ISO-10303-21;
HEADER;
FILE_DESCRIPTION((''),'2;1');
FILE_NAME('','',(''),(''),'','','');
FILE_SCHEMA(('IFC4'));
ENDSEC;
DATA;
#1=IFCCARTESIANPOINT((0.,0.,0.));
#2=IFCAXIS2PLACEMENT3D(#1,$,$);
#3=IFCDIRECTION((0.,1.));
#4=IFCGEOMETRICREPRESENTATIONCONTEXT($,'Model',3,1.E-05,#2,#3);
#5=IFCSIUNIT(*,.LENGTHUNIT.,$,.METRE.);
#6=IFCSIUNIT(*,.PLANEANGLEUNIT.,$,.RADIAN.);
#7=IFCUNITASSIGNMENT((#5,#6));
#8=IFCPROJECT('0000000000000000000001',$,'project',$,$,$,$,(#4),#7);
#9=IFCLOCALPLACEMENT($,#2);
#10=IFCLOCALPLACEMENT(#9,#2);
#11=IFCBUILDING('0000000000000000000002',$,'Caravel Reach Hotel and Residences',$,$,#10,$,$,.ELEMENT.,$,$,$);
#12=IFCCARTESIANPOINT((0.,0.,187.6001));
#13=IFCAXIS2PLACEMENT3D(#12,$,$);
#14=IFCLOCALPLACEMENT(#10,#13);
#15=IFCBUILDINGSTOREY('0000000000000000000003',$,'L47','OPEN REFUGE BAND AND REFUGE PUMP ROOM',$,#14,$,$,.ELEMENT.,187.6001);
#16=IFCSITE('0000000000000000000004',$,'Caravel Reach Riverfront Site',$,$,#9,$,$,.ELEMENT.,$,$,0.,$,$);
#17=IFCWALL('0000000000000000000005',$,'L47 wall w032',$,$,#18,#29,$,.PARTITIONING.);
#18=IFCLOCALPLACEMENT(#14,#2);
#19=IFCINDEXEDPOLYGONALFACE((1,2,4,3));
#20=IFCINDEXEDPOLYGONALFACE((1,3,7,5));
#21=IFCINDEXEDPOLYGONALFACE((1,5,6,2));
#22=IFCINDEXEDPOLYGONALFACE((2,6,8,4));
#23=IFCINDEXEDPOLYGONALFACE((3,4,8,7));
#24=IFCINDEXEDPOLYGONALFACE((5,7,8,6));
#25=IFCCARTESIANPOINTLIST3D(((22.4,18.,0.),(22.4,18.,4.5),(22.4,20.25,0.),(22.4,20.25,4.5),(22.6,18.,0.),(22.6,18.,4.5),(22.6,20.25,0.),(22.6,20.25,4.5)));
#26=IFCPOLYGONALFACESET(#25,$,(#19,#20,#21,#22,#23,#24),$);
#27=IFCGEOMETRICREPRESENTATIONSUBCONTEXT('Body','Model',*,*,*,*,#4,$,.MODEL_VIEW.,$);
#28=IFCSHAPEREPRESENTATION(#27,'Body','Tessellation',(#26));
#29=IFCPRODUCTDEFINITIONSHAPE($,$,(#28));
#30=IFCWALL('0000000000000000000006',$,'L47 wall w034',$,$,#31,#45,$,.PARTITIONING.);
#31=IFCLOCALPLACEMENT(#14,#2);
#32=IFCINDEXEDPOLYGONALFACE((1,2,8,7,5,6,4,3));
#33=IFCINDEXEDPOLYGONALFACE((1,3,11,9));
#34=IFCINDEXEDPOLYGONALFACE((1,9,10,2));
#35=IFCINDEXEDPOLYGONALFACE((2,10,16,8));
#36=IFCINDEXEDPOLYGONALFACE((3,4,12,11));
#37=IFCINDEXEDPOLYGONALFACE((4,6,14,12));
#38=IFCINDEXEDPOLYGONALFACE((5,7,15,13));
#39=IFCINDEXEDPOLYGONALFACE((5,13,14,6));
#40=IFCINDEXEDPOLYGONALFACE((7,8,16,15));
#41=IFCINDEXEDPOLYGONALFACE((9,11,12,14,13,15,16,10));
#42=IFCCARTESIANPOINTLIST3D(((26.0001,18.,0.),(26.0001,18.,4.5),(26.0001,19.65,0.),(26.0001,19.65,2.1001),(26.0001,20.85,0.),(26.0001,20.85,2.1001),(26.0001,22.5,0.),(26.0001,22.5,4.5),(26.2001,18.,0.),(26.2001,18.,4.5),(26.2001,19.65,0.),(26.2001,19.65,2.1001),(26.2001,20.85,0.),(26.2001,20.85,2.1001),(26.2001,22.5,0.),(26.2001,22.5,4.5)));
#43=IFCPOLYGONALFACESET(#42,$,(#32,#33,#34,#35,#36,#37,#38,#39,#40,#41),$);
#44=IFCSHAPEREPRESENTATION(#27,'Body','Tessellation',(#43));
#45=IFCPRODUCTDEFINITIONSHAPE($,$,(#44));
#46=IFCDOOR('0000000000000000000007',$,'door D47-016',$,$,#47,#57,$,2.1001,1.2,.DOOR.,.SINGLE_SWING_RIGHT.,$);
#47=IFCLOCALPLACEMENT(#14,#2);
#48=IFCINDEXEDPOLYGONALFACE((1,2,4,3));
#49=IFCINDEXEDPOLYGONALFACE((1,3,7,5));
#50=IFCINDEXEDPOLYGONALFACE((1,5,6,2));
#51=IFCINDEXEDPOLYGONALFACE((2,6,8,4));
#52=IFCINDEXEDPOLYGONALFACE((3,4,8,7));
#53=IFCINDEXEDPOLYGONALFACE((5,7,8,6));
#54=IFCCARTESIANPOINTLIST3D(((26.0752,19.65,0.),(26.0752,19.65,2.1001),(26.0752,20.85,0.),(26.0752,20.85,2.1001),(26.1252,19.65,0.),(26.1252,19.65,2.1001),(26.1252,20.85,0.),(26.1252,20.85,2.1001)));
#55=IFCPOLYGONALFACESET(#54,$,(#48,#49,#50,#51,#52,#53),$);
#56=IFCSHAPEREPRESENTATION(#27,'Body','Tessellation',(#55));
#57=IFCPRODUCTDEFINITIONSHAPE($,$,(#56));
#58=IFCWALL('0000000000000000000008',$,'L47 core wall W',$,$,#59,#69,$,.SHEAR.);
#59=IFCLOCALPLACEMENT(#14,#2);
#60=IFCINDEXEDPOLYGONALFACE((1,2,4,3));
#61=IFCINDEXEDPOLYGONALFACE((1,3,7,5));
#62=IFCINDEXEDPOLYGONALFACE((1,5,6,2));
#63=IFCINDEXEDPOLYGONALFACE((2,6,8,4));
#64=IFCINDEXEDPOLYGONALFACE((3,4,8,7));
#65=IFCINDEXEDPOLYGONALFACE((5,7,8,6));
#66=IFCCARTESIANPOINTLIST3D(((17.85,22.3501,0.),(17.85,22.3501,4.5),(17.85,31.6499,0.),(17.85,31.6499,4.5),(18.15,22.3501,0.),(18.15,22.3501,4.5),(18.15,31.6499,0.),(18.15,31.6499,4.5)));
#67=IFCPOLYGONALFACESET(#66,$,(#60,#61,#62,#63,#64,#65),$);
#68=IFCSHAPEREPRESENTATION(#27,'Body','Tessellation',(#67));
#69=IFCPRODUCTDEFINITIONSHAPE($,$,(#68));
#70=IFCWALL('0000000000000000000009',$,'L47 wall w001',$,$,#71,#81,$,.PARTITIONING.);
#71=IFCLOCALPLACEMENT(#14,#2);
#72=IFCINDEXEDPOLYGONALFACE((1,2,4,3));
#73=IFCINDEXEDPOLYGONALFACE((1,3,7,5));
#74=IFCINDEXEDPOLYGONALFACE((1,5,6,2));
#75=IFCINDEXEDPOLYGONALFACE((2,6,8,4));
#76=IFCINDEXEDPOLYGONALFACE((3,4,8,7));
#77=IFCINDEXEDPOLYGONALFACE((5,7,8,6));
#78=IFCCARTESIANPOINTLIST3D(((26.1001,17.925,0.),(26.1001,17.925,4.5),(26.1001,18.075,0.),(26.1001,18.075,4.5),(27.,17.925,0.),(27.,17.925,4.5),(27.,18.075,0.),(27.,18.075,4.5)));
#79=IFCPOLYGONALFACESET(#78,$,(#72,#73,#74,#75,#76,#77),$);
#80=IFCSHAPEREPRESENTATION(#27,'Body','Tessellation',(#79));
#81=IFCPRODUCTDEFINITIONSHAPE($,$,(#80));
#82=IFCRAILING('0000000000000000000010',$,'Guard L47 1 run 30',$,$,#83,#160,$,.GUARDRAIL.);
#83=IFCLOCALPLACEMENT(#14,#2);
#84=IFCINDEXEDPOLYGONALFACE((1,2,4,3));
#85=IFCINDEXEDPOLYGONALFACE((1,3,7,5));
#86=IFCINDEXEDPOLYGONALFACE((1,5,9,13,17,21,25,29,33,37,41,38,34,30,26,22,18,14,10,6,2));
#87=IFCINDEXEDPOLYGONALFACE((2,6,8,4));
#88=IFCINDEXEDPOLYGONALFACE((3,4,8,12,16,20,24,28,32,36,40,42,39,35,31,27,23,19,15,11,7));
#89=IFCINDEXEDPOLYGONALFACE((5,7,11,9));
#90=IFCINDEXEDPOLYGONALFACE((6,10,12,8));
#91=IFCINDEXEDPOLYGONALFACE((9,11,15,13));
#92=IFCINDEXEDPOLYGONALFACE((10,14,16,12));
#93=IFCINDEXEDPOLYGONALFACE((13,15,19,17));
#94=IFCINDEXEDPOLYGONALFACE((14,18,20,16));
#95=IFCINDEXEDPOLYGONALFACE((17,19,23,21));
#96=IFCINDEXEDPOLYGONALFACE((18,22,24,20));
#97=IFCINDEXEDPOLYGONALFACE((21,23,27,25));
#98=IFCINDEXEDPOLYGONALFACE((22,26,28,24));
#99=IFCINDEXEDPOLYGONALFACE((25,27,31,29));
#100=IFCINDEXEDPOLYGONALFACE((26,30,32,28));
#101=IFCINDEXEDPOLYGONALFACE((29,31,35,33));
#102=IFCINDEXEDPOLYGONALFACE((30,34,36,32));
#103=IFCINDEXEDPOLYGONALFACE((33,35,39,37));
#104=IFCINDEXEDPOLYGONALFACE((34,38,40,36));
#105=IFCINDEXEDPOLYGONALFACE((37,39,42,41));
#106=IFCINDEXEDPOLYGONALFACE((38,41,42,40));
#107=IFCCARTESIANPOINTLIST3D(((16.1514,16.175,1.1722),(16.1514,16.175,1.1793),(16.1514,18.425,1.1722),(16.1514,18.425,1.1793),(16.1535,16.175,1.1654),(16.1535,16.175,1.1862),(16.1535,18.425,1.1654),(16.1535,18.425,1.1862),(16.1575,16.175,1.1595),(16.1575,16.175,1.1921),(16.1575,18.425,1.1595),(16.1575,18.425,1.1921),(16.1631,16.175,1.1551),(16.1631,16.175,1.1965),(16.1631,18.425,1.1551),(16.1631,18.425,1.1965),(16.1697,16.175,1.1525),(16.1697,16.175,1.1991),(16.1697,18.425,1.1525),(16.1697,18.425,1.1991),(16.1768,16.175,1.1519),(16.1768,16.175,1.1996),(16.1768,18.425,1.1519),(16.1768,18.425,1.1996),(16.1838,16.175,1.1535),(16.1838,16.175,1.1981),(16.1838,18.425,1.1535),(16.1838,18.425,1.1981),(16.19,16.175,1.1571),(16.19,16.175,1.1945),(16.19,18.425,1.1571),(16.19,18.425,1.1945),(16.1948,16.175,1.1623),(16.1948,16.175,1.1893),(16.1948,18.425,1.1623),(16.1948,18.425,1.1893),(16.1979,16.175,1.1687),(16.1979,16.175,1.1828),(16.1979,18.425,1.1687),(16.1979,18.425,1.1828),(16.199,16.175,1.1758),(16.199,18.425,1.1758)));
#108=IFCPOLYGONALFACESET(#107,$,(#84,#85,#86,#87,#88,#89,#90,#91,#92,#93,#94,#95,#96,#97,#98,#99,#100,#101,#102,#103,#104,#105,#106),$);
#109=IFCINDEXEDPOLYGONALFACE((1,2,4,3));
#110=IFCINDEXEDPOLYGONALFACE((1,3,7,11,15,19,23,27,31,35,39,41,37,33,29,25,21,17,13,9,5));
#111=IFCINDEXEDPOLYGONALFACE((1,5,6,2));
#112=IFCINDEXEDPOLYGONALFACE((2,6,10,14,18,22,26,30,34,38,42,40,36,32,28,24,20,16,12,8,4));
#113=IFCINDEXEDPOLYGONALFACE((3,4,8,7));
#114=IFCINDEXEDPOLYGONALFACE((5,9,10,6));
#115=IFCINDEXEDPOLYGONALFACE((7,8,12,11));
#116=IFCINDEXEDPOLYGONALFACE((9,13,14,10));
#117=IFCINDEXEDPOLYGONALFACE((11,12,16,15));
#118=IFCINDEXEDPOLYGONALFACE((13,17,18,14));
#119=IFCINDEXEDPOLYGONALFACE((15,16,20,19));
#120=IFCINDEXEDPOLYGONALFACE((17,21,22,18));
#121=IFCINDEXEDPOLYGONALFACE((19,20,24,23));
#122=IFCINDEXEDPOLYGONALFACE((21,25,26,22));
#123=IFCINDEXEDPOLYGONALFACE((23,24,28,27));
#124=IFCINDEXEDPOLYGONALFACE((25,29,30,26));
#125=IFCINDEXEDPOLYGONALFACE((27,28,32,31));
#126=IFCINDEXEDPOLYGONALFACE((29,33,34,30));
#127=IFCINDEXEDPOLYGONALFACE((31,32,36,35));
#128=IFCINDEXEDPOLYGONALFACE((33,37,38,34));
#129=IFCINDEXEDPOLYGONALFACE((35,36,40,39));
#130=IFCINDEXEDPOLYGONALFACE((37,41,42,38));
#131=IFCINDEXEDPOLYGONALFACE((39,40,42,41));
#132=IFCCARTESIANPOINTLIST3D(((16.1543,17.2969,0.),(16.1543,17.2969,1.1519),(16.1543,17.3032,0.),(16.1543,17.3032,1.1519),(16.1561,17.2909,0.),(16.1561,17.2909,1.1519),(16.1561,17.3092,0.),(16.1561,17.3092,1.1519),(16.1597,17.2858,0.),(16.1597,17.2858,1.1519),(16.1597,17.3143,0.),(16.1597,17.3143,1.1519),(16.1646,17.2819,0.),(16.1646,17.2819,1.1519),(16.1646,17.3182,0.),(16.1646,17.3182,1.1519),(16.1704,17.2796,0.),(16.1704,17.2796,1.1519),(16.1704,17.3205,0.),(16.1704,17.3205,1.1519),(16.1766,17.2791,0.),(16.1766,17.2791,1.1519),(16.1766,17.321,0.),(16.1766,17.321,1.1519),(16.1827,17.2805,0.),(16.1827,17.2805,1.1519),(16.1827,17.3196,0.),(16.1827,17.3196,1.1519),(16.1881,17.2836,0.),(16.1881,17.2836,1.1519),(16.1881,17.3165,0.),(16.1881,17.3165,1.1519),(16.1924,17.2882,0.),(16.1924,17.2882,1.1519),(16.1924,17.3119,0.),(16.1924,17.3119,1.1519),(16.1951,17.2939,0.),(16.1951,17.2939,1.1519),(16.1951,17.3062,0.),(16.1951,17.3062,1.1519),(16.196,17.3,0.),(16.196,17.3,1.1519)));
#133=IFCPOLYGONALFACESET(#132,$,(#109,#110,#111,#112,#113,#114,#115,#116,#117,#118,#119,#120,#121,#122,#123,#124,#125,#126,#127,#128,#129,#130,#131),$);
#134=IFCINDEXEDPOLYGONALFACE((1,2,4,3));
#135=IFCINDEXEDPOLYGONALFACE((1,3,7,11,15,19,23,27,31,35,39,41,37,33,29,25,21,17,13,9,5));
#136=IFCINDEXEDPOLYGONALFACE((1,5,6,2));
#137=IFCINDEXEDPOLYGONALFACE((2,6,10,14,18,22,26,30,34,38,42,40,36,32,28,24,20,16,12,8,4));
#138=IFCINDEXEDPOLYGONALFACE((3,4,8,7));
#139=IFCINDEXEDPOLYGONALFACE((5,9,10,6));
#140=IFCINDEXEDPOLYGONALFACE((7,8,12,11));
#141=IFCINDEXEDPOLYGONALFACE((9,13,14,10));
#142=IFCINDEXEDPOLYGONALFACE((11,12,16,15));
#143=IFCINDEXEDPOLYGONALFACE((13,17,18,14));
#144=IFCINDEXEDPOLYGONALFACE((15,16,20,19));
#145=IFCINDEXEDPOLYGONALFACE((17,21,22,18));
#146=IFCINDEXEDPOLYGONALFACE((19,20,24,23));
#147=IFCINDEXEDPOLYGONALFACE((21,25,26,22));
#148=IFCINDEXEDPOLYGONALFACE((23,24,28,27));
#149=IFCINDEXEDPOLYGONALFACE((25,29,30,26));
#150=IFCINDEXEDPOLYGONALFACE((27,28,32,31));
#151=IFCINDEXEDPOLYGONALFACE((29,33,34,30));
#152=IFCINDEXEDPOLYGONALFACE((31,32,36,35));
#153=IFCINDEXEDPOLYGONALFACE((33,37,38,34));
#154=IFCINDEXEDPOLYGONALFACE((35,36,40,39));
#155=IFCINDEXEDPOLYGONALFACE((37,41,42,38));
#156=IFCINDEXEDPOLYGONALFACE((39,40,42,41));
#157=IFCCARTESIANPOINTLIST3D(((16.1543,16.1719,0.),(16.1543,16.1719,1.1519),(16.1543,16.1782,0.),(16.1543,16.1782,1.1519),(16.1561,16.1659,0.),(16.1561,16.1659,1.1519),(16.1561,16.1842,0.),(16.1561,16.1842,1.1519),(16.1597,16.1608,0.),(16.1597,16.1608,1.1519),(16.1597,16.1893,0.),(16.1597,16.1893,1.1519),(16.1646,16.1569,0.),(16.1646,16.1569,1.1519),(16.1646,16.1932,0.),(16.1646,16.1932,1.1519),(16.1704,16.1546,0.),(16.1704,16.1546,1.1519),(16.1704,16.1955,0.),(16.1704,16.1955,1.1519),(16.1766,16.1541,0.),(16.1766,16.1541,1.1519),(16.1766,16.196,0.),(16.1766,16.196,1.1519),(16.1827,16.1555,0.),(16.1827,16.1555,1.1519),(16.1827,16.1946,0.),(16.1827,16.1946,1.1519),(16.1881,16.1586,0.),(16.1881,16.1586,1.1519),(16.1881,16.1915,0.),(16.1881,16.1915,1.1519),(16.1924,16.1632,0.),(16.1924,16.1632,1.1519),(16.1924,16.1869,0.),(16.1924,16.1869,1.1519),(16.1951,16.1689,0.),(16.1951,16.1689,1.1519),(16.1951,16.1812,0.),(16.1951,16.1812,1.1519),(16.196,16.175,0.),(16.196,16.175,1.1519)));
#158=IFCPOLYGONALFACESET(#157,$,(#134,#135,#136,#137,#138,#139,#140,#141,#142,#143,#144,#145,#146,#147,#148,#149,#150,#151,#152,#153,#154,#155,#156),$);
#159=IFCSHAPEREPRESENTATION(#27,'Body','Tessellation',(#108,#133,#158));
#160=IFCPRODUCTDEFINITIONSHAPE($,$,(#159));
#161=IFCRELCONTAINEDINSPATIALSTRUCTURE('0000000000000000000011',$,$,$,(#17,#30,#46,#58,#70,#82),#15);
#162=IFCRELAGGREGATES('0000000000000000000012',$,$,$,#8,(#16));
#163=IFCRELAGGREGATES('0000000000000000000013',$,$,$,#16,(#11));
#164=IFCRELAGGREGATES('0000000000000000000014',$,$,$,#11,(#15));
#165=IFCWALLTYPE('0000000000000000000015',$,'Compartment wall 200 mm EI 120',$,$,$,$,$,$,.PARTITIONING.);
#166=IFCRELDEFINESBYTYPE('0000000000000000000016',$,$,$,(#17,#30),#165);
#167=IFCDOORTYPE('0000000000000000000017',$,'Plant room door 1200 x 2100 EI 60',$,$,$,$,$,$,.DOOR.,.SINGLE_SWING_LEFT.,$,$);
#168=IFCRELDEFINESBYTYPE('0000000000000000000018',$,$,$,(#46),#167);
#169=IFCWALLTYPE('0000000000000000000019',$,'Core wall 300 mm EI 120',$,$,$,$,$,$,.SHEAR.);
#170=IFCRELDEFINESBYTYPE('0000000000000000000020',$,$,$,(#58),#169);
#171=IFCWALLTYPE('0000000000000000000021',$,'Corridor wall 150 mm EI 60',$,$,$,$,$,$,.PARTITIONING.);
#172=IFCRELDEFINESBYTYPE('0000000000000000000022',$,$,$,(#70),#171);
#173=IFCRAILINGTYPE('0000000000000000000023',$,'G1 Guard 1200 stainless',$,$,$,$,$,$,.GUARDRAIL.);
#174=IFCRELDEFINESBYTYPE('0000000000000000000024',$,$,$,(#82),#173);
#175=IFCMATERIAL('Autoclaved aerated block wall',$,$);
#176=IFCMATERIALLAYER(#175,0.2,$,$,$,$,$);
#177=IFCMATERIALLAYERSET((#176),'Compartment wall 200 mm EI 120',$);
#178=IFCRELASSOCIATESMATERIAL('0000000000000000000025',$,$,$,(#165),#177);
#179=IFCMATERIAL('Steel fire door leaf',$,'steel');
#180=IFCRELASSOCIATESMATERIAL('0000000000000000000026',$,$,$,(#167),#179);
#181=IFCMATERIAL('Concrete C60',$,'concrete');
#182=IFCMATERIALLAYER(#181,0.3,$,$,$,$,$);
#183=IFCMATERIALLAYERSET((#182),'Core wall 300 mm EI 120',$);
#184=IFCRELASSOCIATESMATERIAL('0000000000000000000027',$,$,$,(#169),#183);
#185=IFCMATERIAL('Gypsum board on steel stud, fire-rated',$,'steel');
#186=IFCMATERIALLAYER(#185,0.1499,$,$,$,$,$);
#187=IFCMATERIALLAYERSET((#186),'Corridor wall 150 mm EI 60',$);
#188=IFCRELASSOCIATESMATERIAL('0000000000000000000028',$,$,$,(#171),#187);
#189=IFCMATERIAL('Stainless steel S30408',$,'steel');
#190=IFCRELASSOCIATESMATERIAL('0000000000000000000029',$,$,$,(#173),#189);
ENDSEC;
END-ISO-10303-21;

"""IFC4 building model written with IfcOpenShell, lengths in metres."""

from ifc_helpers import new_model, si_unit, direction, frame, frame_2d, origin, origin_2d, place, context, subcontext, project, spatial, rectangle, circle, extrude, material, layer, layer_set, type_object, element, fill, save


model = new_model("IFC4")

# Units and contexts
model_context = context("Model", 3, precision=1e-05, world=origin(), true_north=direction((0.0, 1.0)))
body_context = subcontext(model_context, "Body", "Model", "MODEL_VIEW")
ifc_project = project(units=[si_unit("LENGTHUNIT", "METRE"), si_unit("PLANEANGLEUNIT", "RADIAN")], contexts=[model_context])

# Site, building, storey
site_placement = place(None, origin())
site = spatial("IfcSite", under=ifc_project, at=site_placement, Name="Caravel Reach Riverfront Site", CompositionType="ELEMENT", RefElevation=0.0)
building_placement = place(site_placement, origin())
building = spatial("IfcBuilding", under=site, at=building_placement, Name="Caravel Reach Hotel and Residences", CompositionType="ELEMENT")
storey_placement = place(building_placement, frame((0.0, 0.0, 187.6001)))
storey = spatial("IfcBuildingStorey", under=building, at=storey_placement, Name="L47", Description="OPEN REFUGE BAND AND REFUGE PUMP ROOM", CompositionType="ELEMENT", Elevation=187.6001)

# Wall
ifc_material_1 = material(Name="Autoclaved aerated block wall")
ifc_layer_1 = layer(ifc_material_1, 0.2)
ifc_layer_set_1 = layer_set([ifc_layer_1], Name="Compartment wall 200 mm EI 120")
wall_type_1 = type_object("IfcWallType", Name="Compartment wall 200 mm EI 120", PredefinedType="PARTITIONING", material=ifc_layer_set_1)
for number, where, z_axis, x_axis, name in (
    (1, (22.5, 18.0, 0.0), (0.0, 0.0, 1.0), (0.0, 1.0, 0.0), "L47 wall w032"),
):
    element("IfcWall", number, at=place(storey_placement, frame(where, z_axis=z_axis, x_axis=x_axis)), inside=storey, type_object=wall_type_1, Name=name, PredefinedType="PARTITIONING", context=body_context, shape_type="SweptSolid", body=[
        extrude(rectangle(XDim=2.25, YDim=0.2, at=frame_2d((1.125, 0.0))), origin(), (0.0, 0.0, 1.0), 4.5),
    ])

# Wall, opening, door
wall_1_placement = place(storey_placement, frame((26.1001, 18.0, 0.0), z_axis=(0.0, 0.0, 1.0), x_axis=(0.0, 1.0, 0.0)))
wall_1 = element("IfcWall", 2, at=wall_1_placement, inside=storey, type_object=wall_type_1, Name="L47 wall w034", PredefinedType="PARTITIONING", context=body_context, shape_type="SweptSolid", body=[
    extrude(rectangle(XDim=4.5, YDim=0.2, at=frame_2d((2.25, 0.0))), origin(), (0.0, 0.0, 1.0), 4.5),
])
opening_placement = place(wall_1_placement, frame((1.6499, 0.0, 0.0)))
opening = element("IfcOpeningElement", 3, at=opening_placement, cuts=wall_1, PredefinedType="OPENING", context=body_context, shape_type="SweptSolid", body=[
    extrude(rectangle(XDim=1.2, YDim=2.1001, at=frame_2d((0.6001, 1.05))), frame((0.0, 0.1099, 0.0), z_axis=(0.0, -1.0, 0.0), x_axis=(1.0, 0.0, 0.0)), (0.0, 0.0, 1.0), 0.22),
])
ifc_material_2 = material(Name="Steel fire door leaf", Category="steel")
door_type = type_object("IfcDoorType", Name="Plant room door 1200 x 2100 EI 60", OperationType="SINGLE_SWING_LEFT", PredefinedType="DOOR", material=ifc_material_2)
door_placement = place(opening_placement, origin())
door = element("IfcDoor", 4, at=door_placement, inside=storey, type_object=door_type, Name="door D47-016", OperationType="SINGLE_SWING_RIGHT", OverallHeight=2.1001, OverallWidth=1.2, PredefinedType="DOOR", context=body_context, shape_type="SweptSolid", body=[
    extrude(rectangle(XDim=1.2, YDim=2.1001, at=frame_2d((0.6001, 1.05))), frame((0.0, 0.0249, 0.0), z_axis=(0.0, -1.0, 0.0), x_axis=(1.0, 0.0, 0.0)), (0.0, 0.0, 1.0), 0.05),
])
fill(opening, door)

# Walls
ifc_material_3 = material(Name="Concrete C60", Category="concrete")
ifc_layer_2 = layer(ifc_material_3, 0.3)
ifc_layer_set_2 = layer_set([ifc_layer_2], Name="Core wall 300 mm EI 120")
wall_type_2 = type_object("IfcWallType", Name="Core wall 300 mm EI 120", PredefinedType="SHEAR", material=ifc_layer_set_2)
wall_2_placement = place(storey_placement, frame((18.0, 22.3501, 0.0), z_axis=(0.0, 0.0, 1.0), x_axis=(0.0, 1.0, 0.0)))
element("IfcWall", 5, at=wall_2_placement, inside=storey, type_object=wall_type_2, Name="L47 core wall W", PredefinedType="SHEAR", context=body_context, shape_type="SweptSolid", body=[
    extrude(rectangle(XDim=9.2998, YDim=0.3, at=frame_2d((4.6499, 0.0))), origin(), (0.0, 0.0, 1.0), 4.5),
])
ifc_material_4 = material(Name="Gypsum board on steel stud, fire-rated", Category="steel")
ifc_layer_3 = layer(ifc_material_4, 0.1499)
ifc_layer_set_3 = layer_set([ifc_layer_3], Name="Corridor wall 150 mm EI 60")
wall_type_3 = type_object("IfcWallType", Name="Corridor wall 150 mm EI 60", PredefinedType="PARTITIONING", material=ifc_layer_set_3)
wall_3_placement = place(storey_placement, frame((26.1001, 18.0, 0.0), z_axis=(0.0, 0.0, 1.0), x_axis=(1.0, 0.0, 0.0)))
element("IfcWall", 6, at=wall_3_placement, inside=storey, type_object=wall_type_3, Name="L47 wall w001", PredefinedType="PARTITIONING", context=body_context, shape_type="SweptSolid", body=[
    extrude(rectangle(XDim=0.8999, YDim=0.1499, at=frame_2d((0.45, 0.0))), origin(), (0.0, 0.0, 1.0), 4.5),
])

# Railing
ifc_material_5 = material(Name="Stainless steel S30408", Category="steel")
railing_type = type_object("IfcRailingType", Name="G1 Guard 1200 stainless", PredefinedType="GUARDRAIL", material=ifc_material_5)
railing_1_placement = place(storey_placement, frame((16.175, 18.425, 0.0)))
element("IfcRailing", 7, at=railing_1_placement, inside=storey, type_object=railing_type, Name="Guard L47 1 run 30", PredefinedType="GUARDRAIL", context=body_context, shape_type="SweptSolid", body=[
    extrude(circle(Radius=0.0239, at=origin_2d()), frame((0.0, 0.0, 1.1758), z_axis=(0.0, -1.0, 0.0), x_axis=(1.0, 0.0, 0.0)), (0.0, 0.0, 1.0), 2.25),
    extrude(circle(Radius=0.021, at=origin_2d()), frame((0.0, -1.125, 0.0)), (0.0, 0.0, 1.0), 1.1519),
    extrude(circle(Radius=0.021, at=origin_2d()), frame((0.0, -2.25, 0.0)), (0.0, 0.0, 1.0), 1.1519),
])

save(model, "model.ifc")
